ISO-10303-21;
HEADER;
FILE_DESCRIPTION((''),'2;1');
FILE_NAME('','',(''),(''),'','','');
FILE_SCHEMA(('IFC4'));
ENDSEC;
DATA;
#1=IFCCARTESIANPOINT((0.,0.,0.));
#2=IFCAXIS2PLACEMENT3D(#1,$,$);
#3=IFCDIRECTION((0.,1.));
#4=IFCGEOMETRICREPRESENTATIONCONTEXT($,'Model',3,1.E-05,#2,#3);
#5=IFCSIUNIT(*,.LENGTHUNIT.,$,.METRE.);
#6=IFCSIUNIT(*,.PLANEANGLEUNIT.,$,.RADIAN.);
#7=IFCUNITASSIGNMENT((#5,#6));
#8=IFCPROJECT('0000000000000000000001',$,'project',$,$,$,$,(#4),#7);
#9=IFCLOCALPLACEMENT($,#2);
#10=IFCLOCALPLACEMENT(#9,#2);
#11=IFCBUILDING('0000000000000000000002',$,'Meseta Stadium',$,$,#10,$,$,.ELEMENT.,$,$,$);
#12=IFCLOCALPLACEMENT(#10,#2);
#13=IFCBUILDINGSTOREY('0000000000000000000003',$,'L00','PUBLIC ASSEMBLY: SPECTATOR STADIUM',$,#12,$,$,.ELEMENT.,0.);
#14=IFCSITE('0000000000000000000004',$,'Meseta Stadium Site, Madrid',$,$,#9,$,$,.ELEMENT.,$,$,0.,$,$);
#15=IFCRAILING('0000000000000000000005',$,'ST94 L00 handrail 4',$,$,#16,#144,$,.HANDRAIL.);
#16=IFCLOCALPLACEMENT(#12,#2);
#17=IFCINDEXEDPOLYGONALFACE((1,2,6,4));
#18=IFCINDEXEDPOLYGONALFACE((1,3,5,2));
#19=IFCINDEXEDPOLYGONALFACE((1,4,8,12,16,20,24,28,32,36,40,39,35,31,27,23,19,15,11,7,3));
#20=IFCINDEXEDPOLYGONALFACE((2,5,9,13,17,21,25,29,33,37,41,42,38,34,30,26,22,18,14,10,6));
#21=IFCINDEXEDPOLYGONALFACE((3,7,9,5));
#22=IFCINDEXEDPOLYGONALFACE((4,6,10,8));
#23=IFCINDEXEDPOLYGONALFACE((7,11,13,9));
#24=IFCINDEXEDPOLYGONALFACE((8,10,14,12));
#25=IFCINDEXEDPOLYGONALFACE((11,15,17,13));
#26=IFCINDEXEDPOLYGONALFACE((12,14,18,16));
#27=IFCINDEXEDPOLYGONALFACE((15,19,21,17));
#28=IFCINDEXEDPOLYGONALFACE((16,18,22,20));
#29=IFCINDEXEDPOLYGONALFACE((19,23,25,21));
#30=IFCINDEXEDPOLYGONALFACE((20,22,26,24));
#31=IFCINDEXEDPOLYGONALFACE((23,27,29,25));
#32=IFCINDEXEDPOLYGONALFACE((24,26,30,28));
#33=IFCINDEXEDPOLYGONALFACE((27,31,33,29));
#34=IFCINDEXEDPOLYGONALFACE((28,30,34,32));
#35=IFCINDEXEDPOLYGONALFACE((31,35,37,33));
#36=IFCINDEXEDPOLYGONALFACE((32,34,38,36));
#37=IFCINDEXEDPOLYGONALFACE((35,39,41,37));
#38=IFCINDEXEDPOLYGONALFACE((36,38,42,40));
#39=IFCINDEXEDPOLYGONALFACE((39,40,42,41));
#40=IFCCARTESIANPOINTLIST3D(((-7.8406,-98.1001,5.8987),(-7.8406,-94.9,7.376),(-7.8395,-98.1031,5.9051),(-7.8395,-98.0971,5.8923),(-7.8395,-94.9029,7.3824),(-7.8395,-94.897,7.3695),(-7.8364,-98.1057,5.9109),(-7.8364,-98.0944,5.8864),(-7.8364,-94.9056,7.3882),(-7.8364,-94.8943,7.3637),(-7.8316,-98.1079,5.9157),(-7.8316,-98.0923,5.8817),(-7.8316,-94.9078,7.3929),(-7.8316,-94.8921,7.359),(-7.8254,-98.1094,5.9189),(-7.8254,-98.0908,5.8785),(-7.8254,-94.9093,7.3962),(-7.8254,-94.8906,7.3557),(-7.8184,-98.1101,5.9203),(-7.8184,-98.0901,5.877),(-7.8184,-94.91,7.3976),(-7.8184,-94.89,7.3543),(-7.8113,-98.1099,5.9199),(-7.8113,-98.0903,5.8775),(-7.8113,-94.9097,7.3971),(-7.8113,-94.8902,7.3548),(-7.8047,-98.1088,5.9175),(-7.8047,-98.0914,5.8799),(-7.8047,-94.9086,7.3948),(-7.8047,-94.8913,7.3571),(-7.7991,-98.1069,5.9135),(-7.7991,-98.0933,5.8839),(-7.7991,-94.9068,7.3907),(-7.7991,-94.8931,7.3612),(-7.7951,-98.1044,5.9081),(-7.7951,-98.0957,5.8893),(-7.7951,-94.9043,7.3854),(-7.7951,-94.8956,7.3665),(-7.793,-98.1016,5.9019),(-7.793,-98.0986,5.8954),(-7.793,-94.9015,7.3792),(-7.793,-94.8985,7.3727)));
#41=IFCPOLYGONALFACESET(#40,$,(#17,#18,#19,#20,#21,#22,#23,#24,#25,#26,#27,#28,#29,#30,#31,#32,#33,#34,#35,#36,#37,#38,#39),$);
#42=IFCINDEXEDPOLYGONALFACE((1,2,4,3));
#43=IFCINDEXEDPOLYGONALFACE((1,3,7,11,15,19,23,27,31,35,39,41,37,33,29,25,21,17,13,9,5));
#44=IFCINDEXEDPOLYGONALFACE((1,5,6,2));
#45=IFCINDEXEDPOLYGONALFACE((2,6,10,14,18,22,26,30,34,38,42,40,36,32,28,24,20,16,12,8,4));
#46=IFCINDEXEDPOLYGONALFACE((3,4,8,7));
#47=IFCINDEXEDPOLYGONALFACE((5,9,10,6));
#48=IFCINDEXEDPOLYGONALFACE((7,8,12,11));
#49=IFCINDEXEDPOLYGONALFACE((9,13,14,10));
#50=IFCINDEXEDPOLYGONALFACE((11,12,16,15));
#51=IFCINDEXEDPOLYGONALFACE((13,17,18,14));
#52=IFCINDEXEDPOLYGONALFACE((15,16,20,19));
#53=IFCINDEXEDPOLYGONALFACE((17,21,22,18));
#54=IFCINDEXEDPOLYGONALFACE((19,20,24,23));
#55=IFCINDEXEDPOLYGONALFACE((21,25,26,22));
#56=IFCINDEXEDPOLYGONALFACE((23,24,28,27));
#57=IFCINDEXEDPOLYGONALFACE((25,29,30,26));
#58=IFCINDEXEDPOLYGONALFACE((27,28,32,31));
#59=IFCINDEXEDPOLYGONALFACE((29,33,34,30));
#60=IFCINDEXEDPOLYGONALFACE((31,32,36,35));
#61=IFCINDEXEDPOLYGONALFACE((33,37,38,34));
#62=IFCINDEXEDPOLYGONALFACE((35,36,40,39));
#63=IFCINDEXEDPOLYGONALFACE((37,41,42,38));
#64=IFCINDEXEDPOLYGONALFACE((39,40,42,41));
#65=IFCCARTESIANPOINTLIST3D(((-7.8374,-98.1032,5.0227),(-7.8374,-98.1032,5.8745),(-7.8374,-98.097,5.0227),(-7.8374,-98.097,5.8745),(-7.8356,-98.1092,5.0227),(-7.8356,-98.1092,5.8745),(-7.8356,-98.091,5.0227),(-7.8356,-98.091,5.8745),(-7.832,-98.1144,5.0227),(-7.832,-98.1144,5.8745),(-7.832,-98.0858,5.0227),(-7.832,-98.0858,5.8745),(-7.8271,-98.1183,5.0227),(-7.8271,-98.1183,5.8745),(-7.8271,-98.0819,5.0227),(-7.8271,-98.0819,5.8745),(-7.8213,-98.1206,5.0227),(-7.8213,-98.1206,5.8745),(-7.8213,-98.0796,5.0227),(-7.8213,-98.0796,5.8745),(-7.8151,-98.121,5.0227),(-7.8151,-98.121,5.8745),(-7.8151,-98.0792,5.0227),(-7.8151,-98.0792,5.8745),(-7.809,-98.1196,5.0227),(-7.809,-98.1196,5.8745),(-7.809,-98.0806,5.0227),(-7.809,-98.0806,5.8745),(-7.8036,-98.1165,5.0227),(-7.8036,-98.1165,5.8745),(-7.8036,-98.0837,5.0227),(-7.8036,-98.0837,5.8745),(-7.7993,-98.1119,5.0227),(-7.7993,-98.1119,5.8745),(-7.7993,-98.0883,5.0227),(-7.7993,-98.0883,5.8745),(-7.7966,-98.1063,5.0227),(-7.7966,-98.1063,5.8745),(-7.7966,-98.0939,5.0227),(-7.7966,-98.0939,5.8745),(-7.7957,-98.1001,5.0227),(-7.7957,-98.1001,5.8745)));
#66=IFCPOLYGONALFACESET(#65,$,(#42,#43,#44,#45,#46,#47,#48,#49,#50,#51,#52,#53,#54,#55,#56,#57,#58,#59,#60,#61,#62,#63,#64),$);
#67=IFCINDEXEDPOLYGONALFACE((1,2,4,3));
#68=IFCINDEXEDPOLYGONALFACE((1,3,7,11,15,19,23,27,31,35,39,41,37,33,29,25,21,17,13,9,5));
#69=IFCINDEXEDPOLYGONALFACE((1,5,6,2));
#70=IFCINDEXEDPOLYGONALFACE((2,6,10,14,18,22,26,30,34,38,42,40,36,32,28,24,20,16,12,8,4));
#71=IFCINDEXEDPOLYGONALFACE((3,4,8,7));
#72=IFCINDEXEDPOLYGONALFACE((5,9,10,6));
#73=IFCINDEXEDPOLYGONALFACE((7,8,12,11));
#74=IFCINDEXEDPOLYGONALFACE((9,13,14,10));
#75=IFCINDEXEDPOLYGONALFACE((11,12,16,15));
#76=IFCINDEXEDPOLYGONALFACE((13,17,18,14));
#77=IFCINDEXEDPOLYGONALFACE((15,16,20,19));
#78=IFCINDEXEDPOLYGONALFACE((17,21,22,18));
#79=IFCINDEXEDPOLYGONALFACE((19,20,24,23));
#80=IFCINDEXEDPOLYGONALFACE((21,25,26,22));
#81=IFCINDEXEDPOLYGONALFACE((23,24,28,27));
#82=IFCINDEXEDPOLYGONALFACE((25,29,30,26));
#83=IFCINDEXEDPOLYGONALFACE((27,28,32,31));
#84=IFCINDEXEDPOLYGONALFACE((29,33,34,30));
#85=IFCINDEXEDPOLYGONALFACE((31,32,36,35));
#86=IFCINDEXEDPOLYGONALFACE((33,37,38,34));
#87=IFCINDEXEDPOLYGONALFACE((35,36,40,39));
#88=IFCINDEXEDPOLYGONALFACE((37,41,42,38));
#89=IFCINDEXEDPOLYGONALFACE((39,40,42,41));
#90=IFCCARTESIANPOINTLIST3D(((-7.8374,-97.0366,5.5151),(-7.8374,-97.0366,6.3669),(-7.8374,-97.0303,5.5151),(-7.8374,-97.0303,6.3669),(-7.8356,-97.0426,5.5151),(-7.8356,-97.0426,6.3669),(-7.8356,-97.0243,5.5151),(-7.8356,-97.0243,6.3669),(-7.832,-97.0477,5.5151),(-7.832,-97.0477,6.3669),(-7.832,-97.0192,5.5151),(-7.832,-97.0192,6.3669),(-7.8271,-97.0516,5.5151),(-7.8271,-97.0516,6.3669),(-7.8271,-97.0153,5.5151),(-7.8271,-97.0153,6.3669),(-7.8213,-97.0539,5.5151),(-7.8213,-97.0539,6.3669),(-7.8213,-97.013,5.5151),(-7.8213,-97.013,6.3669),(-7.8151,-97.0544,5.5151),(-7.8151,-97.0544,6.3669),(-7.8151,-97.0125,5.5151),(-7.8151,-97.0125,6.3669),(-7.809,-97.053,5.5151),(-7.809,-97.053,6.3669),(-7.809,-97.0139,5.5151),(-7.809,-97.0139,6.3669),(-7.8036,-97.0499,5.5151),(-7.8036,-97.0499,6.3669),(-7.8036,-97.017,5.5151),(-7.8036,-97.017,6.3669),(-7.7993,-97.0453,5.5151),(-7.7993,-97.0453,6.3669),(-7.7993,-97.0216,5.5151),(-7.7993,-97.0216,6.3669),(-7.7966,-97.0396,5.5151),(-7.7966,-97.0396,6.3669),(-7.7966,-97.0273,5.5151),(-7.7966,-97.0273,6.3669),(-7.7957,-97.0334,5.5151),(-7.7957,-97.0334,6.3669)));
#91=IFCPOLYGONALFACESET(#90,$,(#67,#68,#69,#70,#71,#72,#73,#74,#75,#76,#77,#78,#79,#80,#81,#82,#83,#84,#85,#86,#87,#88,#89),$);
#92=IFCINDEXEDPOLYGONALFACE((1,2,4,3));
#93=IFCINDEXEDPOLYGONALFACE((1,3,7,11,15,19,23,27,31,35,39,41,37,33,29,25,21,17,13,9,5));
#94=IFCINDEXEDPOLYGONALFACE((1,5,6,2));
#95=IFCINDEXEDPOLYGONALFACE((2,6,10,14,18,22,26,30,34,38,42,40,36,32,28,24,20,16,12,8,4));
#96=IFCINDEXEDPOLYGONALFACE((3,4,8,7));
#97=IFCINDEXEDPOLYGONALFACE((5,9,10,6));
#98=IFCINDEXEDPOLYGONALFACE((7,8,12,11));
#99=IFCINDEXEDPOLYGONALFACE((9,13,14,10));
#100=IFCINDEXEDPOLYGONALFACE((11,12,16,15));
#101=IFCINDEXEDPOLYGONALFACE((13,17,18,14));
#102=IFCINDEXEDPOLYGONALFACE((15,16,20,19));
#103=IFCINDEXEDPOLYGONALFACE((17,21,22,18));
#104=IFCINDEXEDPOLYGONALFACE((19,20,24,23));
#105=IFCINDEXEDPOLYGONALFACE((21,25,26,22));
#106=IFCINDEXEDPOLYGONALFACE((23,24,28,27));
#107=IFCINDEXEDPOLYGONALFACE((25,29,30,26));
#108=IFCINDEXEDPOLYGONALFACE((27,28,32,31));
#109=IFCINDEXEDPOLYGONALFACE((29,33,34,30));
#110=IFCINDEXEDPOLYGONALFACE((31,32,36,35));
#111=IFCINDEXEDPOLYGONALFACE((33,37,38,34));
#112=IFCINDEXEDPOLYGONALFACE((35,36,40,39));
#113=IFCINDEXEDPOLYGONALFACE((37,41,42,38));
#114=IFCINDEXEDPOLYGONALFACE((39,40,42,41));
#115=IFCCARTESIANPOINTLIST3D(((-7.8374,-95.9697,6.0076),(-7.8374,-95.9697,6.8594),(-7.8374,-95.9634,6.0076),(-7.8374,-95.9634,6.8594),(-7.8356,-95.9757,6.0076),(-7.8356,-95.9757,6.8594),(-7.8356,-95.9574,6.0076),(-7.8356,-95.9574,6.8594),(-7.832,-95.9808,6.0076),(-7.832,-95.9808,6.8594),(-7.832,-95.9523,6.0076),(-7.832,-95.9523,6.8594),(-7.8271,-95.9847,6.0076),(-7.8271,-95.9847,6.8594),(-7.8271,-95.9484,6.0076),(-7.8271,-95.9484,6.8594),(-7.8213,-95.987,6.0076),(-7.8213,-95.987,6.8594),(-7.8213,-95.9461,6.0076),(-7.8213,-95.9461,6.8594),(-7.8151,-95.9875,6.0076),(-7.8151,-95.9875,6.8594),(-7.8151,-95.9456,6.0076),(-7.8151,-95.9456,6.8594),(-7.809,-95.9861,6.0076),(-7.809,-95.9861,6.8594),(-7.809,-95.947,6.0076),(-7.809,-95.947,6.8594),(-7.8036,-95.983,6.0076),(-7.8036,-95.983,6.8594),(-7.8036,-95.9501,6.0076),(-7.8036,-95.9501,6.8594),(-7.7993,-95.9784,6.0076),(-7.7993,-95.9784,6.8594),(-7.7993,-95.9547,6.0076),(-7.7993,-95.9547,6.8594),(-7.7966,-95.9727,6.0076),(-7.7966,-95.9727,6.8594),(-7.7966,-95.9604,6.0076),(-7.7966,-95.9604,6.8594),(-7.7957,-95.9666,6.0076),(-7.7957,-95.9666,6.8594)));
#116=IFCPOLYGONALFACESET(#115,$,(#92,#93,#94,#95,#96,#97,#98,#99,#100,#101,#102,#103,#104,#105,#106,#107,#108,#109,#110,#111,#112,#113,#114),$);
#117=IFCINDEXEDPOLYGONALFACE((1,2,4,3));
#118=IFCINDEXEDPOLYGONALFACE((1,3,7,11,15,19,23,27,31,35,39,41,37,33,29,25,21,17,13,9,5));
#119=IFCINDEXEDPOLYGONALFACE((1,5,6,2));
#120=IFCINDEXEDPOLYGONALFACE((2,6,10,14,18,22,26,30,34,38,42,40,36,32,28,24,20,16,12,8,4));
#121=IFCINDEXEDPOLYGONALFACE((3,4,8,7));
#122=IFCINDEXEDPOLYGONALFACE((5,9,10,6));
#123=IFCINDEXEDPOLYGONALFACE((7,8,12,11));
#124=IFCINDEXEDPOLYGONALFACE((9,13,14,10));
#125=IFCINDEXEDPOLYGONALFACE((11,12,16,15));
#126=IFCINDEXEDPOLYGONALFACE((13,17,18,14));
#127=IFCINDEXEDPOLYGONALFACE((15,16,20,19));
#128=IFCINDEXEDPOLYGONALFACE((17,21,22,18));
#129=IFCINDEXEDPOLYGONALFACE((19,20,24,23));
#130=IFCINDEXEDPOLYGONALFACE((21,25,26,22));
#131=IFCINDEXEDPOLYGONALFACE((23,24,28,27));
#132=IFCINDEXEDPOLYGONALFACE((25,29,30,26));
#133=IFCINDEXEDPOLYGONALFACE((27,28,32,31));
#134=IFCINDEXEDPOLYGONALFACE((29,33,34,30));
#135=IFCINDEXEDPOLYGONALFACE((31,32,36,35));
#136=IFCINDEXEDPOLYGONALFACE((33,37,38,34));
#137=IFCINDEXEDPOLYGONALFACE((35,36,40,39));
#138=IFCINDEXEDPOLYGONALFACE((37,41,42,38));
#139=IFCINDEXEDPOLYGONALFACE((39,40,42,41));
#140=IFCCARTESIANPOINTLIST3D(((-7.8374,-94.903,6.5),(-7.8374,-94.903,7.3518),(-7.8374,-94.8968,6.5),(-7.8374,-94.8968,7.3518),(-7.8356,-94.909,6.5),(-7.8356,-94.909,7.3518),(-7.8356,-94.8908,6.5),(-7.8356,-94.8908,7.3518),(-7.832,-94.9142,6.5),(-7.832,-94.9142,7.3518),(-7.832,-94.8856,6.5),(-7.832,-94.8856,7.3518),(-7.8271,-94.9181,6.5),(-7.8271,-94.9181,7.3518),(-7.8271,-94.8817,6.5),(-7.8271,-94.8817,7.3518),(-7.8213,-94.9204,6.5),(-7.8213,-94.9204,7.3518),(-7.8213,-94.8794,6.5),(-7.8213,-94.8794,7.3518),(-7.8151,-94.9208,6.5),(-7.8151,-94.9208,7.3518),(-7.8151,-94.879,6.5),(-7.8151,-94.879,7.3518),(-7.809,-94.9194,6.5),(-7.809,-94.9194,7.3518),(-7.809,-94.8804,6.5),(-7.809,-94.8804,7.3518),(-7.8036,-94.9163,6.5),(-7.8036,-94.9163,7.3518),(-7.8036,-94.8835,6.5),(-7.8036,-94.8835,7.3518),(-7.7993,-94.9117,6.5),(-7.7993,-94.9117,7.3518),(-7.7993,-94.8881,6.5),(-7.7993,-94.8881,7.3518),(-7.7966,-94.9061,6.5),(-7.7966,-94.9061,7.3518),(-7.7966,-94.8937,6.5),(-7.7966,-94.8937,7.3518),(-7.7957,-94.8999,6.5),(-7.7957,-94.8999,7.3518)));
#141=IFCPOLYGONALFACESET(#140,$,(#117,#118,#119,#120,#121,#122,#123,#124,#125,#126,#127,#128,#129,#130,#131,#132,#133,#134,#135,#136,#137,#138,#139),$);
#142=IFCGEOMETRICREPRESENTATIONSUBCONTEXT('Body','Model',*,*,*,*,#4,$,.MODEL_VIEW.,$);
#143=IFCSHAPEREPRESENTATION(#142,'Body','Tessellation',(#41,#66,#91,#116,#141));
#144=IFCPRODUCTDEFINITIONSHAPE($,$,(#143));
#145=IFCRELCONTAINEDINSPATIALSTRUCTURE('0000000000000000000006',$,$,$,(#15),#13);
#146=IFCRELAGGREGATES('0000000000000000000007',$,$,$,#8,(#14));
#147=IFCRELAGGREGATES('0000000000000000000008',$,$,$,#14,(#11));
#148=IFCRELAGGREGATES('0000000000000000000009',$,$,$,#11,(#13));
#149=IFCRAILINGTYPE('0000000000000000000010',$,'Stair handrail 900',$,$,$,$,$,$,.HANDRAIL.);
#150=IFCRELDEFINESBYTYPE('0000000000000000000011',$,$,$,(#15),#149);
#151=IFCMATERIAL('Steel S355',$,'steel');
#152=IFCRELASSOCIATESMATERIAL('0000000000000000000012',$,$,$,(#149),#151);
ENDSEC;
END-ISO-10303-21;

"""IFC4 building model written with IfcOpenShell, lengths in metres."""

from ifc_helpers import new_model, si_unit, direction, frame, origin, origin_2d, place, context, subcontext, project, spatial, circle, extrude, material, type_object, element, save


model = new_model("IFC4")

# Units and contexts
model_context = context("Model", 3, precision=1e-05, world=origin(), true_north=direction((0.0, 1.0)))
body_context = subcontext(model_context, "Body", "Model", "MODEL_VIEW")
ifc_project = project(units=[si_unit("LENGTHUNIT", "METRE"), si_unit("PLANEANGLEUNIT", "RADIAN")], contexts=[model_context])

# Site, building, storey
site_placement = place(None, origin())
site = spatial("IfcSite", under=ifc_project, at=site_placement, Name="Meseta Stadium Site, Madrid", CompositionType="ELEMENT", RefElevation=0.0)
building_placement = place(site_placement, origin())
building = spatial("IfcBuilding", under=site, at=building_placement, Name="Meseta Stadium", CompositionType="ELEMENT")
storey_placement = place(building_placement, origin())
storey = spatial("IfcBuildingStorey", under=building, at=storey_placement, Name="L00", Description="PUBLIC ASSEMBLY: SPECTATOR STADIUM", CompositionType="ELEMENT", Elevation=0.0)

# Railing
ifc_material_1 = material(Name="Steel S355", Category="steel")
railing_type_1 = type_object("IfcRailingType", Name="Stair handrail 900", PredefinedType="HANDRAIL", material=ifc_material_1)
railing_1_placement = place(storey_placement, frame((-7.8167, -98.1001, 5.0227)))
element("IfcRailing", 1, at=railing_1_placement, inside=storey, type_object=railing_type_1, Name="ST94 L00 handrail 4", PredefinedType="HANDRAIL", context=body_context, shape_type="SweptSolid", body=[
    extrude(circle(Radius=0.0239, at=origin_2d()), frame((0.0, 0.0, 0.876), z_axis=(0.0, 0.907929, 0.419124), x_axis=(-1.0, 0.0, 0.0)), (0.0, 0.0, 1.0), 3.5247),
    extrude(circle(Radius=0.021, at=origin_2d()), origin(), (0.0, 0.0, 1.0), 0.8518),
    extrude(circle(Radius=0.021, at=origin_2d()), frame((0.0, 1.0667, 0.4924)), (0.0, 0.0, 1.0), 0.8518),
    extrude(circle(Radius=0.021, at=origin_2d()), frame((0.0, 2.1335, 0.9849)), (0.0, 0.0, 1.0), 0.8518),
    extrude(circle(Radius=0.021, at=origin_2d()), frame((0.0, 3.2002, 1.4773)), (0.0, 0.0, 1.0), 0.8518),
])

save(model, "model.ifc")
